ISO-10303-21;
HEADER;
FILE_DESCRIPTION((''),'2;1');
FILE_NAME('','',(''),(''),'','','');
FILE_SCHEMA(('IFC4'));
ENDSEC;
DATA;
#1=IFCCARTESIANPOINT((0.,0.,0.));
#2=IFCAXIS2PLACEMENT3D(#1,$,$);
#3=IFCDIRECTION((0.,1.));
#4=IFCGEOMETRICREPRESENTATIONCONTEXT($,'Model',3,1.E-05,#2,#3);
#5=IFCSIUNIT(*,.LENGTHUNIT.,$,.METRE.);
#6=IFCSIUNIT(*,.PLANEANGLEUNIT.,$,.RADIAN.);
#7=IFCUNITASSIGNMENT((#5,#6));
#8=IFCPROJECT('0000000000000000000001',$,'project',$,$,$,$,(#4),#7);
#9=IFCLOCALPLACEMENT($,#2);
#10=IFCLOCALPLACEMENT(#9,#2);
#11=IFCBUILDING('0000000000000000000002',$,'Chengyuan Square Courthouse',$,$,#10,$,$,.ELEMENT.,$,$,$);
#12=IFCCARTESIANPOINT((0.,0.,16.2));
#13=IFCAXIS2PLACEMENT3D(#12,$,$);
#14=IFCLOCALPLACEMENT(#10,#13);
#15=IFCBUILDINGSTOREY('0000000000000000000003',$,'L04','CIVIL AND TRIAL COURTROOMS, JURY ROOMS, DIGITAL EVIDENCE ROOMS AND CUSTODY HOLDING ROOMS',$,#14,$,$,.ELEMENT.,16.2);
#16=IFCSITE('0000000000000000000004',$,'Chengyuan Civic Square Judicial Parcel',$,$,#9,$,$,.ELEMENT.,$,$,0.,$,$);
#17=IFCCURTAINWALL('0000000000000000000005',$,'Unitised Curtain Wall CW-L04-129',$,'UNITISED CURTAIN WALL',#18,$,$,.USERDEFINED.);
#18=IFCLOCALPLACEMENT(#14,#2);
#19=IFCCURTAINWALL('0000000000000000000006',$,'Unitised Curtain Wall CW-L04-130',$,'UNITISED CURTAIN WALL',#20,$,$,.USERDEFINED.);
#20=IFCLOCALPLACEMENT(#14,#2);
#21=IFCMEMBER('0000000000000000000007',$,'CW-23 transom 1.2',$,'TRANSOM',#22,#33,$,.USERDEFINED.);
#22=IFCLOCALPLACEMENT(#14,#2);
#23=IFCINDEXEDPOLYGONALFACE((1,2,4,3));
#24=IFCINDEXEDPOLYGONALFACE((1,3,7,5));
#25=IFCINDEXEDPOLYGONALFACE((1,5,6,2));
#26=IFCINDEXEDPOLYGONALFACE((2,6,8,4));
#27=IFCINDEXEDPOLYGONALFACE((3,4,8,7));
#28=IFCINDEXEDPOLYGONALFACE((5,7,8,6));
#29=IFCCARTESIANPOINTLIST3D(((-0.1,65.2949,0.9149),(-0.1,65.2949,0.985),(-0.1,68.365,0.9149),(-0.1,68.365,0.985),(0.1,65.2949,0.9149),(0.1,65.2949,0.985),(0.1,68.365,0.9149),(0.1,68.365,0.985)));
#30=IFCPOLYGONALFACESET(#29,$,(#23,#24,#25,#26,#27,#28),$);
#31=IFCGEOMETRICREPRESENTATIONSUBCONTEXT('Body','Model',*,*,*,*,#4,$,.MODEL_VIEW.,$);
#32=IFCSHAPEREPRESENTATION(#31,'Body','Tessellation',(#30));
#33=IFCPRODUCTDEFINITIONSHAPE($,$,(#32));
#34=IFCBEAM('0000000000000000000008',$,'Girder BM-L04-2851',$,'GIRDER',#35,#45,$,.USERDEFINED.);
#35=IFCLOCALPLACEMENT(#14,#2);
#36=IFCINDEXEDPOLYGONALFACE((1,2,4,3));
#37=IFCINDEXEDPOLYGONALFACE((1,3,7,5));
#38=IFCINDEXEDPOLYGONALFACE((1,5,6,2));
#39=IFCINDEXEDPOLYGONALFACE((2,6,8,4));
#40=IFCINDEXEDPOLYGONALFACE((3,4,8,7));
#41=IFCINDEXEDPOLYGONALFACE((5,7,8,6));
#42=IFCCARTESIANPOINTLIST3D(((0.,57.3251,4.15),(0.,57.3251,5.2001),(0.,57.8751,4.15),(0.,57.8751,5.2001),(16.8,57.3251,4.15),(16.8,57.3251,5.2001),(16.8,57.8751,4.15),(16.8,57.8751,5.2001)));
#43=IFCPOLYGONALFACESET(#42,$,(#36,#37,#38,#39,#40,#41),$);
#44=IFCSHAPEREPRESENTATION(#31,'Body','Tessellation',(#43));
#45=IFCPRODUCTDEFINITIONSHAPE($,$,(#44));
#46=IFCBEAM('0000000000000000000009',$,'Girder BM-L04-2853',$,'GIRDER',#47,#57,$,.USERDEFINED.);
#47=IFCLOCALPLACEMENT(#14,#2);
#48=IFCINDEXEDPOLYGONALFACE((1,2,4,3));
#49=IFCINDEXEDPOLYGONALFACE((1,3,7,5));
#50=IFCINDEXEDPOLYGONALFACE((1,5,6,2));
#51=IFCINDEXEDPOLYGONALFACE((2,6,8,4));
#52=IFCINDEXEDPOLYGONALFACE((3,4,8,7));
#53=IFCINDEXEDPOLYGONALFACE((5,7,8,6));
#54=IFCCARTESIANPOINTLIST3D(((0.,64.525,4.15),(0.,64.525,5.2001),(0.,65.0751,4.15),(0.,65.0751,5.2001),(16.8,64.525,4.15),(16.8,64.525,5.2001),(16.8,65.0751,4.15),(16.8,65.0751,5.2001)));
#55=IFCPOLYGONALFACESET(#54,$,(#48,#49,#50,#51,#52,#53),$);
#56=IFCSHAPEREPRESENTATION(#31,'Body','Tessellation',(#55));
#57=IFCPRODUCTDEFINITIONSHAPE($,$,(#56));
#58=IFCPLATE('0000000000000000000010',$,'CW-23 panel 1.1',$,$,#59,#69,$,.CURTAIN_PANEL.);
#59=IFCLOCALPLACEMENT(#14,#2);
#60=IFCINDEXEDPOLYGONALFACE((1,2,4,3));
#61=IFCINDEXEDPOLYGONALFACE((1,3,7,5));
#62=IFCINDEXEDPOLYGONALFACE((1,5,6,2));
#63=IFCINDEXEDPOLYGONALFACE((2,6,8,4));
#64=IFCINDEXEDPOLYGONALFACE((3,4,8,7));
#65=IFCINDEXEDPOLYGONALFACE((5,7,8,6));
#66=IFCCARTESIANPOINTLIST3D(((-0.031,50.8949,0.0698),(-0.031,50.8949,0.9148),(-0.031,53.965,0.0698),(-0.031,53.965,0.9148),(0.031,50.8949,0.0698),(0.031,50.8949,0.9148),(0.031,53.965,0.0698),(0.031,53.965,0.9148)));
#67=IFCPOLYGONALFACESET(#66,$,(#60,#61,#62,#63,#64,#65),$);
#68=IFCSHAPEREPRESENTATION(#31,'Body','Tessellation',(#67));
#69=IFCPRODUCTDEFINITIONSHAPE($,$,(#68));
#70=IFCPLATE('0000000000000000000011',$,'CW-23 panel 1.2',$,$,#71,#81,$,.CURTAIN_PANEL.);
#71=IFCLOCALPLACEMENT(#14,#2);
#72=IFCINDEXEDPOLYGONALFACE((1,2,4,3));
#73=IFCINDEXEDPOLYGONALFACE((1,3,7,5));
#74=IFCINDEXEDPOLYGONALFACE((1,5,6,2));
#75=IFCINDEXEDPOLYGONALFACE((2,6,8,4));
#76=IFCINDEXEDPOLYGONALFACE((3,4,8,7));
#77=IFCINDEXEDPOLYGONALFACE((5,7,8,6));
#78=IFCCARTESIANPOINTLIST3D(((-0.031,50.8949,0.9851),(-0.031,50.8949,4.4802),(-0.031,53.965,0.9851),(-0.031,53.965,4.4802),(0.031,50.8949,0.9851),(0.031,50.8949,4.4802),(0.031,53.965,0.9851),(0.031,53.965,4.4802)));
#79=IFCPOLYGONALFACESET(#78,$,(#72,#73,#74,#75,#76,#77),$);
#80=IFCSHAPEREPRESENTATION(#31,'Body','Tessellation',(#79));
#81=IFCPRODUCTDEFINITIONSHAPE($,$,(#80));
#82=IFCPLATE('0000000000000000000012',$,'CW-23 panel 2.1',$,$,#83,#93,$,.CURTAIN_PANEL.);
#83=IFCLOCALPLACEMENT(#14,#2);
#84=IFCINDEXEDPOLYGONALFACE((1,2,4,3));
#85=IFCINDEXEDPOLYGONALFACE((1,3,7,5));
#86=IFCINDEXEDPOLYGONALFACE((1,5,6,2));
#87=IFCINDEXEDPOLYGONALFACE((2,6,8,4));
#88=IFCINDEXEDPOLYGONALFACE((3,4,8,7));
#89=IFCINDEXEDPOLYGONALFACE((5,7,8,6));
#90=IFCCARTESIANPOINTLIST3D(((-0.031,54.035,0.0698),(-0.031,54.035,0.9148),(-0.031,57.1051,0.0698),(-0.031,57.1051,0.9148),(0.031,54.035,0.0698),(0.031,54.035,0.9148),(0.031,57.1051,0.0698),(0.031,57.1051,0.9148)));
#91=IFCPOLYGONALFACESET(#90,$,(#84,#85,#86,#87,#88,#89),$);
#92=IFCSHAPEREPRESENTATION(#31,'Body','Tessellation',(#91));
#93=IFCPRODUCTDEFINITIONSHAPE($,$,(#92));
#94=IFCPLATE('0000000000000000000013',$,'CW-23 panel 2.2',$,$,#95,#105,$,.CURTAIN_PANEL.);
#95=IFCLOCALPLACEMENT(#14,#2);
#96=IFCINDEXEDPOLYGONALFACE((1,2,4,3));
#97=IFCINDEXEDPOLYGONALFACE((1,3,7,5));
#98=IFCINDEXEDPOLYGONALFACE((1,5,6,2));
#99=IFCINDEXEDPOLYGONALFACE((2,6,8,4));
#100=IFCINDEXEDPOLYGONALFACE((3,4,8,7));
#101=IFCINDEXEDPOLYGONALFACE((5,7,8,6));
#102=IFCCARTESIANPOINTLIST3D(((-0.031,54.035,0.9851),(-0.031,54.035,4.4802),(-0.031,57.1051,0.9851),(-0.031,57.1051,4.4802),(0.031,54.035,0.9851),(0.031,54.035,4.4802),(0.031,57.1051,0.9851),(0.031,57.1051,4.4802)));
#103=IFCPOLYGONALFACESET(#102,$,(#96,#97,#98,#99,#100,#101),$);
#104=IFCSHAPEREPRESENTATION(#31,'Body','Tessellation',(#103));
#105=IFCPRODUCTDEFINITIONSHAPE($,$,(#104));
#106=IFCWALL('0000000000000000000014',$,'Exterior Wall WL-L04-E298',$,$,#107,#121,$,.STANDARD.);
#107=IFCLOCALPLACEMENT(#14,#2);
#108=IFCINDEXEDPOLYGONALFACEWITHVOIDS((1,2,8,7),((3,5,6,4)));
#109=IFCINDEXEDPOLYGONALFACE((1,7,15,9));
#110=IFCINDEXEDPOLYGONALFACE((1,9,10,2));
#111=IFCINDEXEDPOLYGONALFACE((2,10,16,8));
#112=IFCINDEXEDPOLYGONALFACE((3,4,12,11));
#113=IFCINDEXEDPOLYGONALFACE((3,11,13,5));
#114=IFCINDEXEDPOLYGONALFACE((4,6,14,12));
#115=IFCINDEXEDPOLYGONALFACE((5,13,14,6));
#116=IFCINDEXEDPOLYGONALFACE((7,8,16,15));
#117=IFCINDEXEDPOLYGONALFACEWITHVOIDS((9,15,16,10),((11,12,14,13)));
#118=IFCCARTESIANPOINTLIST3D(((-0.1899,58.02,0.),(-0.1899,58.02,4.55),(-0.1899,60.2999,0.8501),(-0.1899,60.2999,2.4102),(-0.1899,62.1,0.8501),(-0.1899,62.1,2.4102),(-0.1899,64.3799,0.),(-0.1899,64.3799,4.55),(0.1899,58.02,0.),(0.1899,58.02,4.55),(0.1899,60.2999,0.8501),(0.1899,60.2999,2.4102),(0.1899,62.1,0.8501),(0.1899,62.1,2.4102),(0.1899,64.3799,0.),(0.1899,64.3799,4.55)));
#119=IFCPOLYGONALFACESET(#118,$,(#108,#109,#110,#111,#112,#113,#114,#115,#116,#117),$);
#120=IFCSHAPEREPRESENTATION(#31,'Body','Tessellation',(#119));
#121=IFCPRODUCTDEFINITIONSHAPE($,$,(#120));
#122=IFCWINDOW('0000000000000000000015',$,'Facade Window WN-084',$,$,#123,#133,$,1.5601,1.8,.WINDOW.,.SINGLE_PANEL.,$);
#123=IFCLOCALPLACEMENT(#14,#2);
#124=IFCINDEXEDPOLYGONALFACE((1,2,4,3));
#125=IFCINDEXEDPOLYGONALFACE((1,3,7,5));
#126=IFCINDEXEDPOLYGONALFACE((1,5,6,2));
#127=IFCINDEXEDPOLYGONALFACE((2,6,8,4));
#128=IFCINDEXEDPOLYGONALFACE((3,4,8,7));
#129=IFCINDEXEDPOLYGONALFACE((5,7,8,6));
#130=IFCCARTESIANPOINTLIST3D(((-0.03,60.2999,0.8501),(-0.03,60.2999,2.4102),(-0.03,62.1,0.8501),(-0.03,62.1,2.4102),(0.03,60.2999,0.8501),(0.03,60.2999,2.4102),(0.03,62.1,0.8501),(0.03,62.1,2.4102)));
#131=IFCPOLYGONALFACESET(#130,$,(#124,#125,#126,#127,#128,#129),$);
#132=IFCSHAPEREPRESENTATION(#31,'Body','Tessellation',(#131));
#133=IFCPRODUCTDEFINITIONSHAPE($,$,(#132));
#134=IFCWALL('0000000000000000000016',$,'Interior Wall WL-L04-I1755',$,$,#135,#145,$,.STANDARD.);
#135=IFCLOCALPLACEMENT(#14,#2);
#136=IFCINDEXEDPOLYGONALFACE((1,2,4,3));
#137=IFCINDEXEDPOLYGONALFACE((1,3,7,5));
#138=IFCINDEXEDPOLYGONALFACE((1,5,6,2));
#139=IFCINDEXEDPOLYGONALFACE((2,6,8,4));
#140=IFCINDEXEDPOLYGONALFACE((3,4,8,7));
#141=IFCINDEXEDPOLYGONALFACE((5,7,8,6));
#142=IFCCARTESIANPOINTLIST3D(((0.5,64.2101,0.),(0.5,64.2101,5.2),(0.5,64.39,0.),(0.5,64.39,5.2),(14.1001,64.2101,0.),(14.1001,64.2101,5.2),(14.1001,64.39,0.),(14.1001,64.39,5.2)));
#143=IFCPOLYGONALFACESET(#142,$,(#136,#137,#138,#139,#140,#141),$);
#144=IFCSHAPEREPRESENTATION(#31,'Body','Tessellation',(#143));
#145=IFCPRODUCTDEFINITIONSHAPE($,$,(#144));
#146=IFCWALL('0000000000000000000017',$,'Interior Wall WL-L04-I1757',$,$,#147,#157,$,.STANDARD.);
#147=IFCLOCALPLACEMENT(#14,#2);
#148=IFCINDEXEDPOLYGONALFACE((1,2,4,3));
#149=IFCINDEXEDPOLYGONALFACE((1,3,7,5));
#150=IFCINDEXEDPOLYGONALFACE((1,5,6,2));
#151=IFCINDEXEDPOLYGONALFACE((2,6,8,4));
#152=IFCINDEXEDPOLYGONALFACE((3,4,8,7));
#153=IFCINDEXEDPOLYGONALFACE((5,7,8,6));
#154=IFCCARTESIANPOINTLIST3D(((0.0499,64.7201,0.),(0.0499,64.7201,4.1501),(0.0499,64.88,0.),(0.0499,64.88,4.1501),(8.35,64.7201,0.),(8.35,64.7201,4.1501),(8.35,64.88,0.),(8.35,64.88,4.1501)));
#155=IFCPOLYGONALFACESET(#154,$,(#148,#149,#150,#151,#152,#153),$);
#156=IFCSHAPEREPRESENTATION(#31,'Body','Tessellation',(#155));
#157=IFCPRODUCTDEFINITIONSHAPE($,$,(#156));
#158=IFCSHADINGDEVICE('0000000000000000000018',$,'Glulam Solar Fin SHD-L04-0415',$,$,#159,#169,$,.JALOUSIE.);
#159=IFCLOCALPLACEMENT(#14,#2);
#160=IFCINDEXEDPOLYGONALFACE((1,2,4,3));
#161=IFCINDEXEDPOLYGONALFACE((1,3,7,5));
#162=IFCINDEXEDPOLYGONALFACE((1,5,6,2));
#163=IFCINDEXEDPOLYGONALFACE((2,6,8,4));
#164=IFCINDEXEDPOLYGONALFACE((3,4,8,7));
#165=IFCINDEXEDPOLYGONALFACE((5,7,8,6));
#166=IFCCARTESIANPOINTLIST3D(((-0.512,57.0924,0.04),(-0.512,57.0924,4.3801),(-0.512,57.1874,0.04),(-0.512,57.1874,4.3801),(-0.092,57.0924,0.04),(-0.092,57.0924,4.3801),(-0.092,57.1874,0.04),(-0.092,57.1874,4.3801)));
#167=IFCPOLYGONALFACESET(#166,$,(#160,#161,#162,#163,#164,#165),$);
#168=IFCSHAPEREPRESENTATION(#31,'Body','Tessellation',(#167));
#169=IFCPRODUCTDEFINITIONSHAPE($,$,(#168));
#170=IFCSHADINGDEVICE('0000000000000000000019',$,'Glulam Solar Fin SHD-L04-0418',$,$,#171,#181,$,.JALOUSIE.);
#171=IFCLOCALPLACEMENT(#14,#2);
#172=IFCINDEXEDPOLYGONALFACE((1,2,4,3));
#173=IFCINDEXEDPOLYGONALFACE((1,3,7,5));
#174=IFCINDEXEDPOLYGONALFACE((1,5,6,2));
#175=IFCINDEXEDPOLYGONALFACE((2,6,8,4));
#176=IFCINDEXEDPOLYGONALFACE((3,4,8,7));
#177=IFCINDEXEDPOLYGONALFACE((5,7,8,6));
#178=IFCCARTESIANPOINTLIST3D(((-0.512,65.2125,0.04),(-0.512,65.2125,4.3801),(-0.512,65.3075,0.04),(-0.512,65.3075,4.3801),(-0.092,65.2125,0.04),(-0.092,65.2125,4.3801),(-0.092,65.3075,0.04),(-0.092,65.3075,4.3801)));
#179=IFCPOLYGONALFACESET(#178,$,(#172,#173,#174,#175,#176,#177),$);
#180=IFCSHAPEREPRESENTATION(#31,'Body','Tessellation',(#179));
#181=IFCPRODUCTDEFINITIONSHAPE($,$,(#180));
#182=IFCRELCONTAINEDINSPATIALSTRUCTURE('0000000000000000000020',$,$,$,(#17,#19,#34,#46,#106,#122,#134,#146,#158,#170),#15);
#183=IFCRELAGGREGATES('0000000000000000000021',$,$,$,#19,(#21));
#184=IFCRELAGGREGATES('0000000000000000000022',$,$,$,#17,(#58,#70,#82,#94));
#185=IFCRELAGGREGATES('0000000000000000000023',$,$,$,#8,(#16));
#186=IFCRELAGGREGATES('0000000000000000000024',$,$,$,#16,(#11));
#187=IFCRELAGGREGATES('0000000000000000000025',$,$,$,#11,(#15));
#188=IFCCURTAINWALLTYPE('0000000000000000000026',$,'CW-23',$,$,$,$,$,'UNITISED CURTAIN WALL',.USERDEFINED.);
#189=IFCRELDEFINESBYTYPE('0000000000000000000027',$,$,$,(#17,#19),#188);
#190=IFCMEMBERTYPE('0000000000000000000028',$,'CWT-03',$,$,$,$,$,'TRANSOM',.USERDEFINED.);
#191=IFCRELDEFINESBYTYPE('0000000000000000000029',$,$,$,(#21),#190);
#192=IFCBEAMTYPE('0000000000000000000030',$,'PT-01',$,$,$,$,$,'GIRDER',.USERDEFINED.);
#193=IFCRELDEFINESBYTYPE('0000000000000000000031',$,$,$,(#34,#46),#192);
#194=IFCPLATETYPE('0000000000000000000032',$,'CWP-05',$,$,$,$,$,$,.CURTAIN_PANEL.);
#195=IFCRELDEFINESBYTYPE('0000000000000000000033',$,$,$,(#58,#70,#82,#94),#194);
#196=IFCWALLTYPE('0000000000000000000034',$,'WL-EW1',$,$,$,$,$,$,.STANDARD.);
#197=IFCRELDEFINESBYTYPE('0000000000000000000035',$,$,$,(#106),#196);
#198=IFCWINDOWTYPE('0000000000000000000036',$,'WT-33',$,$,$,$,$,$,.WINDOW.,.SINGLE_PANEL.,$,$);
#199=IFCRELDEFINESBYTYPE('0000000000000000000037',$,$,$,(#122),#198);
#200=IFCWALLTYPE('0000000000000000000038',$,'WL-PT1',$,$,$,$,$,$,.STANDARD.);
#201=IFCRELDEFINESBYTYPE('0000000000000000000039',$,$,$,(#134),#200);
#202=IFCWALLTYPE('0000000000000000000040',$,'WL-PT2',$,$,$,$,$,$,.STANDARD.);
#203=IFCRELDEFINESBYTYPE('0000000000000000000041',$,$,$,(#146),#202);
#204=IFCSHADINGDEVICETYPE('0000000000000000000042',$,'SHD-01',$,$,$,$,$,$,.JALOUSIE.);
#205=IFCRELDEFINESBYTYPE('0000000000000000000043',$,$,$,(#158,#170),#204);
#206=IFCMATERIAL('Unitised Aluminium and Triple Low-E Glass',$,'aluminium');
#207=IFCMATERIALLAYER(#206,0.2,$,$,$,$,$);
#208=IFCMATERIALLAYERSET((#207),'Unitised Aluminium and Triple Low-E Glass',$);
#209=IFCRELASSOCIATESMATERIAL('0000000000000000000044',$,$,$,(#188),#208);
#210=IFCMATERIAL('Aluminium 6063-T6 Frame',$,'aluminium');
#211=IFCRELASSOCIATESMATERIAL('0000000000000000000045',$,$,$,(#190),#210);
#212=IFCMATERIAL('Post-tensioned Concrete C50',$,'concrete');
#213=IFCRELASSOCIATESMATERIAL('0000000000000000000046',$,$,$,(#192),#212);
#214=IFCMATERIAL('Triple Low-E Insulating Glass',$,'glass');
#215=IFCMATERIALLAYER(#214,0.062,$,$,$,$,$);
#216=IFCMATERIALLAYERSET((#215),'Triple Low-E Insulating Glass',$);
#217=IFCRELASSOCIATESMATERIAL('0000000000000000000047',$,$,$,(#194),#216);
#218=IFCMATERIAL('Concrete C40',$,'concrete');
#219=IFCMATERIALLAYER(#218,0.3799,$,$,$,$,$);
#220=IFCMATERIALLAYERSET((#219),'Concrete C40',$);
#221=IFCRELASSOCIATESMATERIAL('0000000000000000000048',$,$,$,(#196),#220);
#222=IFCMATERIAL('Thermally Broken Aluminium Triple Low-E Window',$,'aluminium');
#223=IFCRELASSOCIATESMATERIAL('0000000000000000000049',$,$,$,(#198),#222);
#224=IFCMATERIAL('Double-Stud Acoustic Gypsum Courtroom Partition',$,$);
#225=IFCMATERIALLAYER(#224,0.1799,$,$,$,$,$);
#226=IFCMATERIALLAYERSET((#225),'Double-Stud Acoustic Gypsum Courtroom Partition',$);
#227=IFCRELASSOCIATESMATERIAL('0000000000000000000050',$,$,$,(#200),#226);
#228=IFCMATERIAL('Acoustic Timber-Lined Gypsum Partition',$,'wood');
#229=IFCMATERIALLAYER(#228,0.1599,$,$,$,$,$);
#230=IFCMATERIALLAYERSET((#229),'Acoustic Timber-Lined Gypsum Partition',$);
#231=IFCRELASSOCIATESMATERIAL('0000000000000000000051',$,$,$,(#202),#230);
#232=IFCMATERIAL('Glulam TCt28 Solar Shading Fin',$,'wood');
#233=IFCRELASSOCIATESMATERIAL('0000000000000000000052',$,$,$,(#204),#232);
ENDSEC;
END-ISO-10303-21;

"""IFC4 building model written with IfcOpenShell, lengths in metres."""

from ifc_helpers import new_model, si_unit, direction, frame, frame_2d, origin, origin_2d, place, context, subcontext, project, spatial, rectangle, extrude, material, layer, layer_set, material_profile, profile_set, type_object, element, fill, aggregate, save


model = new_model("IFC4")

# Units and contexts
model_context = context("Model", 3, precision=1e-05, world=origin(), true_north=direction((0.0, 1.0)))
body_context = subcontext(model_context, "Body", "Model", "MODEL_VIEW")
ifc_project = project(units=[si_unit("LENGTHUNIT", "METRE"), si_unit("PLANEANGLEUNIT", "RADIAN")], contexts=[model_context])

# Site, building, storey
site_placement = place(None, origin())
site = spatial("IfcSite", under=ifc_project, at=site_placement, Name="Chengyuan Civic Square Judicial Parcel", CompositionType="ELEMENT", RefElevation=0.0)
building_placement = place(site_placement, origin())
building = spatial("IfcBuilding", under=site, at=building_placement, Name="Chengyuan Square Courthouse", CompositionType="ELEMENT")
storey_placement = place(building_placement, frame((0.0, 0.0, 16.2)))
storey = spatial("IfcBuildingStorey", under=building, at=storey_placement, Name="L04", Description="CIVIL AND TRIAL COURTROOMS, JURY ROOMS, DIGITAL EVIDENCE ROOMS AND CUSTODY HOLDING ROOMS", CompositionType="ELEMENT", Elevation=16.2)

# Shared definitions
ifc_material_1 = material(Name="Concrete C40", Category="concrete")

# Curtain wall
ifc_material_2 = material(Name="Unitised Aluminium and Triple Low-E Glass", Category="aluminium")
ifc_layer_1 = layer(ifc_material_2, 0.2)
ifc_layer_set_1 = layer_set([ifc_layer_1], Name="Unitised Aluminium and Triple Low-E Glass")
curtain_wall_type = type_object("IfcCurtainWallType", Name="CW-23", ElementType="UNITISED CURTAIN WALL", PredefinedType="USERDEFINED", material=ifc_layer_set_1)
curtain_wall_1_placement = place(storey_placement, origin())
curtain_wall_1 = element("IfcCurtainWall", 1, at=curtain_wall_1_placement, inside=storey, type_object=curtain_wall_type, Name="Unitised Curtain Wall CW-L04-129", ObjectType="UNITISED CURTAIN WALL", PredefinedType="USERDEFINED")
ifc_material_3 = material(Name="Aluminium 6063-T6 Frame", Category="aluminium")

# Curtain wall
curtain_wall_2_placement = place(storey_placement, origin())
curtain_wall_2 = element("IfcCurtainWall", 2, at=curtain_wall_2_placement, inside=storey, type_object=curtain_wall_type, Name="Unitised Curtain Wall CW-L04-130", ObjectType="UNITISED CURTAIN WALL", PredefinedType="USERDEFINED")

# Member
ifc_material_profile_1 = material_profile(ifc_material_3, rectangle(XDim=0.2, YDim=0.0701, at=origin_2d()), Name="CW-TRN-70x160")
ifc_profile_set_1 = profile_set([ifc_material_profile_1], Name="Aluminium 6063-T6 Frame")
member_type_1 = type_object("IfcMemberType", Name="CWT-03", ElementType="TRANSOM", PredefinedType="USERDEFINED", material=ifc_profile_set_1)
member_1_placement = place(storey_placement, frame((0.0, 65.2949, 0.95), z_axis=(0.0, 1.0, 0.0), x_axis=(-1.0, 0.0, 0.0)))
member_1 = element("IfcMember", 3, at=member_1_placement, type_object=member_type_1, Name="CW-23 transom 1.2", ObjectType="TRANSOM", PredefinedType="USERDEFINED", context=body_context, shape_type="SweptSolid", body=[
    extrude(rectangle(XDim=0.2, YDim=0.0701, at=origin_2d()), origin(), (0.0, 0.0, 1.0), 3.0701),
])
aggregate(curtain_wall_2, [member_1])

# Beams
ifc_material_4 = material(Name="Post-tensioned Concrete C50", Category="concrete")
ifc_material_profile_2 = material_profile(ifc_material_4, rectangle(XDim=0.55, YDim=1.05, at=origin_2d()), Name="PT-BM-550x1050")
ifc_profile_set_2 = profile_set([ifc_material_profile_2], Name="Post-tensioned Concrete C50")
beam_type_1 = type_object("IfcBeamType", Name="PT-01", ElementType="GIRDER", PredefinedType="USERDEFINED", material=ifc_profile_set_2)
for number, where, z_axis, x_axis, name in (
    (4, (0.0, 57.6001, 4.675), (1.0, 0.0, 0.0), (0.0, 1.0, 0.0), "Girder BM-L04-2851"),
    (5, (0.0, 64.8, 4.675), (1.0, 0.0, 0.0), (0.0, 1.0, 0.0), "Girder BM-L04-2853"),
):
    element("IfcBeam", number, at=place(storey_placement, frame(where, z_axis=z_axis, x_axis=x_axis)), inside=storey, type_object=beam_type_1, Name=name, ObjectType="GIRDER", PredefinedType="USERDEFINED", context=body_context, shape_type="SweptSolid", body=[
        extrude(rectangle(XDim=0.55, YDim=1.05, at=origin_2d()), origin(), (0.0, 0.0, 1.0), 16.8),
    ])

# Plates
ifc_material_5 = material(Name="Triple Low-E Insulating Glass", Category="glass")
ifc_layer_2 = layer(ifc_material_5, 0.062)
ifc_layer_set_2 = layer_set([ifc_layer_2], Name="Triple Low-E Insulating Glass")
plate_type = type_object("IfcPlateType", Name="CWP-05", PredefinedType="CURTAIN_PANEL", material=ifc_layer_set_2)
plate_1_placement = place(storey_placement, frame((0.0, 52.4299, 0.0698), z_axis=(0.0, 0.0, 1.0), x_axis=(0.0, 1.0, 0.0)))
plate_1 = element("IfcPlate", 6, at=plate_1_placement, type_object=plate_type, Name="CW-23 panel 1.1", PredefinedType="CURTAIN_PANEL", context=body_context, shape_type="SweptSolid", body=[
    extrude(rectangle(XDim=3.0701, YDim=0.062, at=origin_2d()), origin(), (0.0, 0.0, 1.0), 0.845),
])
plate_2_placement = place(storey_placement, frame((0.0, 52.4299, 0.9851), z_axis=(0.0, 0.0, 1.0), x_axis=(0.0, 1.0, 0.0)))
plate_2 = element("IfcPlate", 7, at=plate_2_placement, type_object=plate_type, Name="CW-23 panel 1.2", PredefinedType="CURTAIN_PANEL", context=body_context, shape_type="SweptSolid", body=[
    extrude(rectangle(XDim=3.0701, YDim=0.062, at=origin_2d()), origin(), (0.0, 0.0, 1.0), 3.4951),
])
plate_3_placement = place(storey_placement, frame((0.0, 55.5701, 0.0698), z_axis=(0.0, 0.0, 1.0), x_axis=(0.0, 1.0, 0.0)))
plate_3 = element("IfcPlate", 8, at=plate_3_placement, type_object=plate_type, Name="CW-23 panel 2.1", PredefinedType="CURTAIN_PANEL", context=body_context, shape_type="SweptSolid", body=[
    extrude(rectangle(XDim=3.0701, YDim=0.062, at=origin_2d()), origin(), (0.0, 0.0, 1.0), 0.845),
])
plate_4_placement = place(storey_placement, frame((0.0, 55.5701, 0.9851), z_axis=(0.0, 0.0, 1.0), x_axis=(0.0, 1.0, 0.0)))
plate_4 = element("IfcPlate", 9, at=plate_4_placement, type_object=plate_type, Name="CW-23 panel 2.2", PredefinedType="CURTAIN_PANEL", context=body_context, shape_type="SweptSolid", body=[
    extrude(rectangle(XDim=3.0701, YDim=0.062, at=origin_2d()), origin(), (0.0, 0.0, 1.0), 3.4951),
])
aggregate(curtain_wall_1, [plate_1, plate_2, plate_3, plate_4])

# Wall, opening, window
ifc_layer_3 = layer(ifc_material_1, 0.3799)
ifc_layer_set_3 = layer_set([ifc_layer_3], Name="Concrete C40")
wall_type_1 = type_object("IfcWallType", Name="WL-EW1", PredefinedType="STANDARD", material=ifc_layer_set_3)
wall_1_placement = place(storey_placement, frame((0.0, 58.02, 0.0), z_axis=(0.0, 0.0, 1.0), x_axis=(0.0, 1.0, 0.0)))
wall_1 = element("IfcWall", 10, at=wall_1_placement, inside=storey, type_object=wall_type_1, Name="Exterior Wall WL-L04-E298", PredefinedType="STANDARD", context=body_context, shape_type="SweptSolid", body=[
    extrude(rectangle(XDim=6.3599, YDim=0.3799, at=frame_2d((3.1799, 0.0))), origin(), (0.0, 0.0, 1.0), 4.55),
])
opening_placement = place(wall_1_placement, frame((2.28, 0.0, 0.8501)))
opening = element("IfcOpeningElement", 11, at=opening_placement, cuts=wall_1, PredefinedType="OPENING", context=body_context, shape_type="SweptSolid", body=[
    extrude(rectangle(XDim=1.8, YDim=1.5601, at=frame_2d((0.8999, 0.78))), frame((0.0, 0.2019, 0.0), z_axis=(0.0, -1.0, 0.0), x_axis=(1.0, 0.0, 0.0)), (0.0, 0.0, 1.0), 0.4038),
])
ifc_material_6 = material(Name="Thermally Broken Aluminium Triple Low-E Window", Category="aluminium")
window_type = type_object("IfcWindowType", Name="WT-33", PartitioningType="SINGLE_PANEL", PredefinedType="WINDOW", material=ifc_material_6)
window_placement = place(opening_placement, origin())
window = element("IfcWindow", 12, at=window_placement, inside=storey, type_object=window_type, Name="Facade Window WN-084", OverallHeight=1.5601, OverallWidth=1.8, PartitioningType="SINGLE_PANEL", PredefinedType="WINDOW", context=body_context, shape_type="SweptSolid", body=[
    extrude(rectangle(XDim=1.8, YDim=1.5601, at=frame_2d((0.8999, 0.78))), frame((0.0, 0.03, 0.0), z_axis=(0.0, -1.0, 0.0), x_axis=(1.0, 0.0, 0.0)), (0.0, 0.0, 1.0), 0.0601),
])
fill(opening, window)

# Walls
ifc_material_7 = material(Name="Double-Stud Acoustic Gypsum Courtroom Partition")
ifc_layer_4 = layer(ifc_material_7, 0.1799)
ifc_layer_set_4 = layer_set([ifc_layer_4], Name="Double-Stud Acoustic Gypsum Courtroom Partition")
wall_type_2 = type_object("IfcWallType", Name="WL-PT1", PredefinedType="STANDARD", material=ifc_layer_set_4)
wall_2_placement = place(storey_placement, frame((0.5, 64.3, 0.0), z_axis=(0.0, 0.0, 1.0), x_axis=(1.0, 0.0, 0.0)))
element("IfcWall", 13, at=wall_2_placement, inside=storey, type_object=wall_type_2, Name="Interior Wall WL-L04-I1755", PredefinedType="STANDARD", context=body_context, shape_type="SweptSolid", body=[
    extrude(rectangle(XDim=13.6001, YDim=0.1799, at=frame_2d((6.8, 0.0))), origin(), (0.0, 0.0, 1.0), 5.2),
])
ifc_material_8 = material(Name="Acoustic Timber-Lined Gypsum Partition", Category="wood")
ifc_layer_5 = layer(ifc_material_8, 0.1599)
ifc_layer_set_5 = layer_set([ifc_layer_5], Name="Acoustic Timber-Lined Gypsum Partition")
wall_type_3 = type_object("IfcWallType", Name="WL-PT2", PredefinedType="STANDARD", material=ifc_layer_set_5)
wall_3_placement = place(storey_placement, frame((0.05, 64.8, 0.0), z_axis=(0.0, 0.0, 1.0), x_axis=(1.0, 0.0, 0.0)))
element("IfcWall", 14, at=wall_3_placement, inside=storey, type_object=wall_type_3, Name="Interior Wall WL-L04-I1757", PredefinedType="STANDARD", context=body_context, shape_type="SweptSolid", body=[
    extrude(rectangle(XDim=8.3, YDim=0.1599, at=frame_2d((4.1499, 0.0))), origin(), (0.0, 0.0, 1.0), 4.1501),
])

# Shading devices
ifc_material_9 = material(Name="Glulam TCt28 Solar Shading Fin", Category="wood")
shading_device_type_1 = type_object("IfcShadingDeviceType", Name="SHD-01", PredefinedType="JALOUSIE", material=ifc_material_9)
for number, where, z_axis, x_axis, name in (
    (15, (-0.302, 57.1399, 0.04), (0.0, 0.0, 1.0), (1.0, 0.0, 0.0), "Glulam Solar Fin SHD-L04-0415"),
    (16, (-0.302, 65.26, 0.04), (0.0, 0.0, 1.0), (1.0, 0.0, 0.0), "Glulam Solar Fin SHD-L04-0418"),
):
    element("IfcShadingDevice", number, at=place(storey_placement, frame(where, z_axis=z_axis, x_axis=x_axis)), inside=storey, type_object=shading_device_type_1, Name=name, PredefinedType="JALOUSIE", context=body_context, shape_type="SweptSolid", body=[
        extrude(rectangle(XDim=0.4199, YDim=0.095, at=origin_2d()), origin(), (0.0, 0.0, 1.0), 4.3401),
    ])

save(model, "model.ifc")
